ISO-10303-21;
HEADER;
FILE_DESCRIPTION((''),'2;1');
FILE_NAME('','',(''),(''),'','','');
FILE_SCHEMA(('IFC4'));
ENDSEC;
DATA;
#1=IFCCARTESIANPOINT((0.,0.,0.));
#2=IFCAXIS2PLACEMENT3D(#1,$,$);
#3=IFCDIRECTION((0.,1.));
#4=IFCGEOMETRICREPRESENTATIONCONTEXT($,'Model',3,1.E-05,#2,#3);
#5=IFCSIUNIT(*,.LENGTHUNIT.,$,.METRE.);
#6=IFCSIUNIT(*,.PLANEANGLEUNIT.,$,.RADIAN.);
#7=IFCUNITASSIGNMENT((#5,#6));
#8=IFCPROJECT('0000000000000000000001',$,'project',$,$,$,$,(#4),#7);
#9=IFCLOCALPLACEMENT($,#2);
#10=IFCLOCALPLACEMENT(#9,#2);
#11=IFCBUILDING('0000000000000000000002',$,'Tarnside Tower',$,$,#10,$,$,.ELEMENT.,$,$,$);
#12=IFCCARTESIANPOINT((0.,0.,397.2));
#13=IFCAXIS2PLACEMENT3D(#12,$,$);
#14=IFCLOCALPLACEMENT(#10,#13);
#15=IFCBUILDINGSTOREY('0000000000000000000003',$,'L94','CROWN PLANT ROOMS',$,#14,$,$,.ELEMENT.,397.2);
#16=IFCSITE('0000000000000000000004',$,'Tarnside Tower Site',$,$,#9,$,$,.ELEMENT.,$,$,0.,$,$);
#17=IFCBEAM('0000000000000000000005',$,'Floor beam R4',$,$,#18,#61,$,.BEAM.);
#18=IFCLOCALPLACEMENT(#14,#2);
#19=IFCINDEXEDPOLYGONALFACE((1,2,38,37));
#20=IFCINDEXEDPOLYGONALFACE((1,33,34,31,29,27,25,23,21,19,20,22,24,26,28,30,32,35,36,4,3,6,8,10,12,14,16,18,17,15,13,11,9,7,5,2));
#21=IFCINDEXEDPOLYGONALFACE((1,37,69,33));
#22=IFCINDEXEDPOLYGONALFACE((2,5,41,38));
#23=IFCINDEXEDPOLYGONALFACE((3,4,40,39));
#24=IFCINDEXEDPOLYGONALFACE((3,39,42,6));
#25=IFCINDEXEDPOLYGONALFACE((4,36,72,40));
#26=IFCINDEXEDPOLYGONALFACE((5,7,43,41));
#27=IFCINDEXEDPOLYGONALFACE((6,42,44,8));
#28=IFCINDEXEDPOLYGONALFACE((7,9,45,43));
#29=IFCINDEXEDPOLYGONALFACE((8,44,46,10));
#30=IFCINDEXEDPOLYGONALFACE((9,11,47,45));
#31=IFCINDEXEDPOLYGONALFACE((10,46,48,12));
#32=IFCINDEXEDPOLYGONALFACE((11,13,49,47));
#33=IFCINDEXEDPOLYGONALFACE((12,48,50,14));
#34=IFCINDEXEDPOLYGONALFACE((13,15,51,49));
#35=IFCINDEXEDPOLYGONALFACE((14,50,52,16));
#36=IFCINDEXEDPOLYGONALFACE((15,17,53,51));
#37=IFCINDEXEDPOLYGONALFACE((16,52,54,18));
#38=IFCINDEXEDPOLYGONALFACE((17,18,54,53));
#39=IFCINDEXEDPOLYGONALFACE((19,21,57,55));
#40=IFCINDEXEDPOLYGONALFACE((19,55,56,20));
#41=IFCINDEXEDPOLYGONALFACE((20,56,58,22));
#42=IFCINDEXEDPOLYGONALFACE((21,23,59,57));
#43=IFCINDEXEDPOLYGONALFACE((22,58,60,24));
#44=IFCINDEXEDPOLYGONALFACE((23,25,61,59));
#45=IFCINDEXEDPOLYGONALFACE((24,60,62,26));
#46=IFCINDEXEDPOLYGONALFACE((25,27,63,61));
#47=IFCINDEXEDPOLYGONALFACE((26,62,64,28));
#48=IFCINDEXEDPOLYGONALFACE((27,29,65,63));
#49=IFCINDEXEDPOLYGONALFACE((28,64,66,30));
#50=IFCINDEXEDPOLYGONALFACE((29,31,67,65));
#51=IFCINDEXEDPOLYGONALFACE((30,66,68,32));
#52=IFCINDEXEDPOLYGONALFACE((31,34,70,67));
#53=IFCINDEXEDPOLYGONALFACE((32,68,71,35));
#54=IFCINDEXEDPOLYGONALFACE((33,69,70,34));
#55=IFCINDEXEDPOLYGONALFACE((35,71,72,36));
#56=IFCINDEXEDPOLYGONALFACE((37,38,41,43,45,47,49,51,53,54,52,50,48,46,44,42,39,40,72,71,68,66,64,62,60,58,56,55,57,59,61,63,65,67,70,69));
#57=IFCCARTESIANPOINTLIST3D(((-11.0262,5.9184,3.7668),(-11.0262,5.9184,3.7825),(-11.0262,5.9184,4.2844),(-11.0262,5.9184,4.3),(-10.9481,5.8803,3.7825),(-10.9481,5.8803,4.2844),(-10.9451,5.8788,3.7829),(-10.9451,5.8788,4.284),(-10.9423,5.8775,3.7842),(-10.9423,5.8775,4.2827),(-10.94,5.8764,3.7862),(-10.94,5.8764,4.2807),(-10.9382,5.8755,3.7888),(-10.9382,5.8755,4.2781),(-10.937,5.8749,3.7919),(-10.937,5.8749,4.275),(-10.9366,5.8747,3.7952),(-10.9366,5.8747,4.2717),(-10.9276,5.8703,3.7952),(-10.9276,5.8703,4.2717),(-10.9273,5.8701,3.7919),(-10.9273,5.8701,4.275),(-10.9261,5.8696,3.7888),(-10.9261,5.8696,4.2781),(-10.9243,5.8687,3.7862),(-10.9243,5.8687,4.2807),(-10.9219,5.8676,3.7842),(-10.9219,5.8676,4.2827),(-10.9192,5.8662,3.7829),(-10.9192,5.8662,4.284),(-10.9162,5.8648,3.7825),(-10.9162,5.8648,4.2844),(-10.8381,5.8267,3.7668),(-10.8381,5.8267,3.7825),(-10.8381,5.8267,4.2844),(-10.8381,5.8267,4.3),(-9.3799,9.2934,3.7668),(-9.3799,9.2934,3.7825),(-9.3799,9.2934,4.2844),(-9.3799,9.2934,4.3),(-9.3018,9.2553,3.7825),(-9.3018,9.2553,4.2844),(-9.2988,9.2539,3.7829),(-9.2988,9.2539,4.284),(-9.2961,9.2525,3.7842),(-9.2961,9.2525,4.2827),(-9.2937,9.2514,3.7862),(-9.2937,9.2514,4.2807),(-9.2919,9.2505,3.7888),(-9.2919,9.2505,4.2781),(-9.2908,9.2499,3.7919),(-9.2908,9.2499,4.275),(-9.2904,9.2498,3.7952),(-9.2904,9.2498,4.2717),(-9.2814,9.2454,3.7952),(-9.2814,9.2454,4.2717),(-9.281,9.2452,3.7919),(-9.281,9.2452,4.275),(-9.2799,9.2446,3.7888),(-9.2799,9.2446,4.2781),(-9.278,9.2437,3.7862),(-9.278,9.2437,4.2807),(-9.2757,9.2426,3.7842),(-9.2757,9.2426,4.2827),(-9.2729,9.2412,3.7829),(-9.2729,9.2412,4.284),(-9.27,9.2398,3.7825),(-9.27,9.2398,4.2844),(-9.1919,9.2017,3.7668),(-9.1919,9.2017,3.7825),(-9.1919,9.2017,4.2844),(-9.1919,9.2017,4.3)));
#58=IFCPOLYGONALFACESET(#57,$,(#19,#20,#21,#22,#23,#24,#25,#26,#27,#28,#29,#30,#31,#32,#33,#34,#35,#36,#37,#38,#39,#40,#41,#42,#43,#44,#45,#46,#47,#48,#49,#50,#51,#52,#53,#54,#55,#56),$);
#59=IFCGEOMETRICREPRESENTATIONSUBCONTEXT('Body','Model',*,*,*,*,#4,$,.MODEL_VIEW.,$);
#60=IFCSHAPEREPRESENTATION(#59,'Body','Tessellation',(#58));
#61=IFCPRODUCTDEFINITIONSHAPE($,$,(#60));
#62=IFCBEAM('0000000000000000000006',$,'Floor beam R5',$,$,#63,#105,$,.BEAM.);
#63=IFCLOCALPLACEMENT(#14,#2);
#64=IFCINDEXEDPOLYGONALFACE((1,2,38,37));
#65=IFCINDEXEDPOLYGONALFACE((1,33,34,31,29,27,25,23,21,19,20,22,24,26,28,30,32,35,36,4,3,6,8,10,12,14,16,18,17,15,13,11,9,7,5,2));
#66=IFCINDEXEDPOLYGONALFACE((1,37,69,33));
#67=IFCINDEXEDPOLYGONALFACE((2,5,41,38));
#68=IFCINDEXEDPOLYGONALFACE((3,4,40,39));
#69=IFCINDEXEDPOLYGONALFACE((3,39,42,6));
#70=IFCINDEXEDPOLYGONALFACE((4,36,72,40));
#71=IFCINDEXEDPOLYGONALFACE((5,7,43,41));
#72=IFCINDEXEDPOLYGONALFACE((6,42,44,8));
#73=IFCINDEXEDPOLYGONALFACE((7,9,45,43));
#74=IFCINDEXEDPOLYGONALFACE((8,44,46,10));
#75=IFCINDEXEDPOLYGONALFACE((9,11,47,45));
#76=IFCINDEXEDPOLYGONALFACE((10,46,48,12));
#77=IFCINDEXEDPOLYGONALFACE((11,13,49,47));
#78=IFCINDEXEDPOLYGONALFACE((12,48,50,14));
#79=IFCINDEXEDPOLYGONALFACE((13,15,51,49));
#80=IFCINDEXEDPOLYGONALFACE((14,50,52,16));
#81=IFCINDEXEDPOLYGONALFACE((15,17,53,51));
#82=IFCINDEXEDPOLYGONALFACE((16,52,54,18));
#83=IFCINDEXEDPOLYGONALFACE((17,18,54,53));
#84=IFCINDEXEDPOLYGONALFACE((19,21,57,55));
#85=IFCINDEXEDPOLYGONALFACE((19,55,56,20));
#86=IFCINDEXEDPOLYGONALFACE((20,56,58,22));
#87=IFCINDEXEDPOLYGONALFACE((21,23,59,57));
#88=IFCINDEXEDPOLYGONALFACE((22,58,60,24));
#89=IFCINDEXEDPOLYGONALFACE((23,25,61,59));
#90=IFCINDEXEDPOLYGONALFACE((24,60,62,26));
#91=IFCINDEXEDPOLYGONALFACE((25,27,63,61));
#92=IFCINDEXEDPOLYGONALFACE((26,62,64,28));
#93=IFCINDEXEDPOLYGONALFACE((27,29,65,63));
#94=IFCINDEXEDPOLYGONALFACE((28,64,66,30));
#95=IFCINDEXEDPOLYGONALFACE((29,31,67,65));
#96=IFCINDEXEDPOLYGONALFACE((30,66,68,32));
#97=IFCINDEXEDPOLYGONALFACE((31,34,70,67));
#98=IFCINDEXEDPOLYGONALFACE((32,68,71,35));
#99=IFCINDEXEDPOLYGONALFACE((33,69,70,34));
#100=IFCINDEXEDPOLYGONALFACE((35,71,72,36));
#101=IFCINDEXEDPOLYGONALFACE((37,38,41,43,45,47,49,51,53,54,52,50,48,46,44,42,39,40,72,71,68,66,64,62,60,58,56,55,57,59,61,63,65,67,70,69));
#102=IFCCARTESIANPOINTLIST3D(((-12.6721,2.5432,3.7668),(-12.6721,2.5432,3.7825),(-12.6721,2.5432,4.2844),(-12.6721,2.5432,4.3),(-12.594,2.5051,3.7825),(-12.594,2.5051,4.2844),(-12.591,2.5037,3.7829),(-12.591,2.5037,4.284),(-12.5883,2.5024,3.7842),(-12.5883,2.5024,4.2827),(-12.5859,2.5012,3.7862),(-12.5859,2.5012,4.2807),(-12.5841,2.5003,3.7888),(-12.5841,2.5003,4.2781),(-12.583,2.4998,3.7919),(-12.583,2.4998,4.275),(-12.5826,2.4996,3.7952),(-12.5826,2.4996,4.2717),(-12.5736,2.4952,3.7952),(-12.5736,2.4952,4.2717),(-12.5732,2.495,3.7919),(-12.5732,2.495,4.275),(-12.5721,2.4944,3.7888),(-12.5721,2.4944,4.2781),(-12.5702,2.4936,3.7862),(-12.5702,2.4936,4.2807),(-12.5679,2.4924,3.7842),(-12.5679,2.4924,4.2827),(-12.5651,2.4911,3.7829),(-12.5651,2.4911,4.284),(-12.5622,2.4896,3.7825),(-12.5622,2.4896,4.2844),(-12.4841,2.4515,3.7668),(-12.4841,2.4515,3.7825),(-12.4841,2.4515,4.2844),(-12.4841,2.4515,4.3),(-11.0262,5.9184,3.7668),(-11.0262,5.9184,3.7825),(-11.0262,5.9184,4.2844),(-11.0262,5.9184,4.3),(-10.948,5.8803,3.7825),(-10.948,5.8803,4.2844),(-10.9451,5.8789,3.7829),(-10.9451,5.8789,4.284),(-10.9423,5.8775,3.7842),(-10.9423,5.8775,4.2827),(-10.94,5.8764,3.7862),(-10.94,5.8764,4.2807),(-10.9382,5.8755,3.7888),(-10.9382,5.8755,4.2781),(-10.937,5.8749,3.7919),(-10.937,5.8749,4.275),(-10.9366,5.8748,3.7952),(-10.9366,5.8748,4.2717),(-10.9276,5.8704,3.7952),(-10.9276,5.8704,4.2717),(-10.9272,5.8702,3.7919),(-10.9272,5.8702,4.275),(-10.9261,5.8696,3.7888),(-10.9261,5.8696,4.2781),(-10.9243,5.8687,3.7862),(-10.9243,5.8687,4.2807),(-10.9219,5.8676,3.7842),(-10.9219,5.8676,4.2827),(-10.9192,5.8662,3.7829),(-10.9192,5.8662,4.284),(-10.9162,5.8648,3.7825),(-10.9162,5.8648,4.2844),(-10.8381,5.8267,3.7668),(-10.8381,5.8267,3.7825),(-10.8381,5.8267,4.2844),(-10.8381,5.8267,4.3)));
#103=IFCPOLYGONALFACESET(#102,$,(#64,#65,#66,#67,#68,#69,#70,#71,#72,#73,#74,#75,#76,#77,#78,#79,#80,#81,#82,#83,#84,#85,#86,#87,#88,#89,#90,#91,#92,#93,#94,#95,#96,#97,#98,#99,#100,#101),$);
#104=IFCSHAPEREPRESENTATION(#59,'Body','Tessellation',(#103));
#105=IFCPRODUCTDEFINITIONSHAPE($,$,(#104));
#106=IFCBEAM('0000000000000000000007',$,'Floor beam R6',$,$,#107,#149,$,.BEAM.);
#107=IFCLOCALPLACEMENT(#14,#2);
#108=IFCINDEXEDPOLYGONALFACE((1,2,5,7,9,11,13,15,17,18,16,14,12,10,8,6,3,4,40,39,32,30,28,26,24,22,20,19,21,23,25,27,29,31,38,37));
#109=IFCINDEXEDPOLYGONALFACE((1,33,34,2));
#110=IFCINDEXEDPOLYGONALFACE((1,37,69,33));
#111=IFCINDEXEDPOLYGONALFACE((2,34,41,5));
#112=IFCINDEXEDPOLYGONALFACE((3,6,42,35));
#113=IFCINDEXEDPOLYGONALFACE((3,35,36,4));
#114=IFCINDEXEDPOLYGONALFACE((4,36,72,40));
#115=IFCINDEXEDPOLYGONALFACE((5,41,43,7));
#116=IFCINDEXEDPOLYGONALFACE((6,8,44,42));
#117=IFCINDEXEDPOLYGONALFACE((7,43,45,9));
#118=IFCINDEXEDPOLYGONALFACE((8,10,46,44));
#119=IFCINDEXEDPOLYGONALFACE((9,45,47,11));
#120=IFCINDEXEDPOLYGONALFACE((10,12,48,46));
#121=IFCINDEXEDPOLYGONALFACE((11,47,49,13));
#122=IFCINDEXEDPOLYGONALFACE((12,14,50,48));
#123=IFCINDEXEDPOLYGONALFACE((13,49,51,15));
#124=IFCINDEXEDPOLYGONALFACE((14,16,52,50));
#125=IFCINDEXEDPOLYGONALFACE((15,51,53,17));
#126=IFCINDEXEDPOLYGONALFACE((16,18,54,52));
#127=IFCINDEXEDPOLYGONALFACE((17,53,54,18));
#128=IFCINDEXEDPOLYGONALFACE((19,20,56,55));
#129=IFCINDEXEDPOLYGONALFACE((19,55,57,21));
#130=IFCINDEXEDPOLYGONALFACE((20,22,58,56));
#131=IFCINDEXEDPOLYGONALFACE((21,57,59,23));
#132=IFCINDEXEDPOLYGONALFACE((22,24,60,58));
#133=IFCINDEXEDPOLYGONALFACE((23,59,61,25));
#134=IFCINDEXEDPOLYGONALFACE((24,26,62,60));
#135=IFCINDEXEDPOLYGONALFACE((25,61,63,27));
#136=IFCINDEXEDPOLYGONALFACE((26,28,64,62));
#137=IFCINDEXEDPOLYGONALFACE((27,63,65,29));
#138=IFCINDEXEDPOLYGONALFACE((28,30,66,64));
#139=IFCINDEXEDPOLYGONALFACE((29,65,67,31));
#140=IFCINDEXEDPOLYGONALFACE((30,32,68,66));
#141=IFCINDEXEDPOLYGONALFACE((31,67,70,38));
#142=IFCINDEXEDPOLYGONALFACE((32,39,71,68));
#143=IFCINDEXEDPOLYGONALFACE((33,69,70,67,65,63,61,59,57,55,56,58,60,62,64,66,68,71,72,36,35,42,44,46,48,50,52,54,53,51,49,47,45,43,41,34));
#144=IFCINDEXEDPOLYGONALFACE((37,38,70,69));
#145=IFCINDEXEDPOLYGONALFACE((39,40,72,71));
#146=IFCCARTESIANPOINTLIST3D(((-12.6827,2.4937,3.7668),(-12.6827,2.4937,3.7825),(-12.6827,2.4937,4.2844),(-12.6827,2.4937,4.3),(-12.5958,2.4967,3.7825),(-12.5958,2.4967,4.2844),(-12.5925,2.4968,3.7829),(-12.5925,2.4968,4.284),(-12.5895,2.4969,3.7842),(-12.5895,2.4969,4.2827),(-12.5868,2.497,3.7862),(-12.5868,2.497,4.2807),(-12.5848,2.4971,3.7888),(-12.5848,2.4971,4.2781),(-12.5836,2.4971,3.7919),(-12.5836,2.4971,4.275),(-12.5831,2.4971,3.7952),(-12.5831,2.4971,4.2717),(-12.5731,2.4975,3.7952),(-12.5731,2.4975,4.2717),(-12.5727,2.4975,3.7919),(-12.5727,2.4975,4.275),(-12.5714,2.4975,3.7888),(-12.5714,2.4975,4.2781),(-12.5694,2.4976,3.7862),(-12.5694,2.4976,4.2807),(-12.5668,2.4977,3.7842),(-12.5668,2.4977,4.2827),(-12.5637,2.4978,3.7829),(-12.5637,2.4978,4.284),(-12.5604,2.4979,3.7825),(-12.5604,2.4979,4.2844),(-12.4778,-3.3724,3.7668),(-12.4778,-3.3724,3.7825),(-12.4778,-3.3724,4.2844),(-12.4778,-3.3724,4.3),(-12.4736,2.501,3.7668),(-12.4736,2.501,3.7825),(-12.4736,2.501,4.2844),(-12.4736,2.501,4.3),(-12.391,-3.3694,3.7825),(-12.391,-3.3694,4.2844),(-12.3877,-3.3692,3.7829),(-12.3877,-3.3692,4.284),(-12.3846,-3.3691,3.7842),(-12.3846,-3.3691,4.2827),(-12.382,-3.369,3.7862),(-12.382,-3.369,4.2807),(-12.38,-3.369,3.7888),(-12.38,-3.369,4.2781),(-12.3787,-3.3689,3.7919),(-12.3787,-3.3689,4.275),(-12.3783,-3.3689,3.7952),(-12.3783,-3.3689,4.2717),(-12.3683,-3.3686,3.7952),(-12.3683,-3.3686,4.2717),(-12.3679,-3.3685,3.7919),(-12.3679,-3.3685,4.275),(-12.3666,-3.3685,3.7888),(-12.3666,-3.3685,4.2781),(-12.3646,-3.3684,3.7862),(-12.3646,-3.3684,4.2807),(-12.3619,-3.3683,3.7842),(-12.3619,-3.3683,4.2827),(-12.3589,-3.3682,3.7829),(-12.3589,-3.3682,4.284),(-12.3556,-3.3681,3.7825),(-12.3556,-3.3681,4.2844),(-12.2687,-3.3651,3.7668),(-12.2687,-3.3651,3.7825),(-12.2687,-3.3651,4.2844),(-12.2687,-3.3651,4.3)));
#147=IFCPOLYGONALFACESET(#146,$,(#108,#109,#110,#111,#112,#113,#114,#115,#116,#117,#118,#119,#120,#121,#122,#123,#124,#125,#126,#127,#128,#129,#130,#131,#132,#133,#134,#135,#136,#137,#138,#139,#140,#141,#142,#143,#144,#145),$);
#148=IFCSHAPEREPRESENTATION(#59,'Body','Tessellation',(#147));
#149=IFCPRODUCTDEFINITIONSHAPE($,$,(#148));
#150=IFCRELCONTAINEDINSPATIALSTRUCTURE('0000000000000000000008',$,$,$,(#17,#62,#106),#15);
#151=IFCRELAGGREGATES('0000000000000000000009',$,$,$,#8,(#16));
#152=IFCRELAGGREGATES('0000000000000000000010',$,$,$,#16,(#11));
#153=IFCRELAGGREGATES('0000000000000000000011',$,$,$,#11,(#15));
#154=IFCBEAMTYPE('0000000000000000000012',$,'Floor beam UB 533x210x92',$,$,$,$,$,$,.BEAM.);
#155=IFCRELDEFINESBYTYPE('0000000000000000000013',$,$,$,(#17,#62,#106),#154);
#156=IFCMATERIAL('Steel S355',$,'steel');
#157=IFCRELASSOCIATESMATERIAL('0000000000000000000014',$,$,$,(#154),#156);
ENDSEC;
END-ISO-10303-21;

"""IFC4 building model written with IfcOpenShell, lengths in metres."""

from ifc_helpers import new_model, si_unit, direction, frame, origin, origin_2d, place, context, subcontext, project, spatial, i_section, extrude, material, material_profile, profile_set, type_object, element, save


model = new_model("IFC4")

# Units and contexts
model_context = context("Model", 3, precision=1e-05, world=origin(), true_north=direction((0.0, 1.0)))
body_context = subcontext(model_context, "Body", "Model", "MODEL_VIEW")
ifc_project = project(units=[si_unit("LENGTHUNIT", "METRE"), si_unit("PLANEANGLEUNIT", "RADIAN")], contexts=[model_context])

# Site, building, storey
site_placement = place(None, origin())
site = spatial("IfcSite", under=ifc_project, at=site_placement, Name="Tarnside Tower Site", CompositionType="ELEMENT", RefElevation=0.0)
building_placement = place(site_placement, origin())
building = spatial("IfcBuilding", under=site, at=building_placement, Name="Tarnside Tower", CompositionType="ELEMENT")
storey_placement = place(building_placement, frame((0.0, 0.0, 397.2)))
storey = spatial("IfcBuildingStorey", under=building, at=storey_placement, Name="L94", Description="CROWN PLANT ROOMS", CompositionType="ELEMENT", Elevation=397.2)

# Beams
ifc_material_1 = material(Name="Steel S355", Category="steel")
ifc_material_profile_1 = material_profile(ifc_material_1, i_section(OverallWidth=0.2092, OverallDepth=0.5332, WebThickness=0.01, FlangeThickness=0.0156, FilletRadius=0.0127, at=origin_2d()), Name="UB 533x210x92")
ifc_profile_set_1 = profile_set([ifc_material_profile_1], Name="Steel S355")
beam_type_1 = type_object("IfcBeamType", Name="Floor beam UB 533x210x92", PredefinedType="BEAM", material=ifc_profile_set_1)
for number, where, z_axis, x_axis, name in (
    (1, (-9.2859, 9.2476, 4.0334), (-0.438402, -0.898779, 0.0), (0.898779, -0.438402, 0.0), "Floor beam R4"),
    (2, (-10.9321, 5.8726, 4.0334), (-0.438324, -0.898817, 0.0), (0.898817, -0.438324, 0.0), "Floor beam R5"),
):
    element("IfcBeam", number, at=place(storey_placement, frame(where, z_axis=z_axis, x_axis=x_axis)), inside=storey, type_object=beam_type_1, Name=name, PredefinedType="BEAM", context=body_context, shape_type="SweptSolid", body=[
        extrude(i_section(OverallWidth=0.2092, OverallDepth=0.5332, WebThickness=0.01, FlangeThickness=0.0156, FilletRadius=0.0127, at=origin_2d()), origin(), (0.0, 0.0, 1.0), 3.7551),
    ])
beam_1_placement = place(storey_placement, frame((-12.5781, 2.4973, 4.0334), z_axis=(0.034898, -0.999391, 0.0), x_axis=(0.999391, 0.034898, 0.0)))
element("IfcBeam", 3, at=beam_1_placement, inside=storey, type_object=beam_type_1, Name="Floor beam R6", PredefinedType="BEAM", context=body_context, shape_type="SweptSolid", body=[
    extrude(i_section(OverallWidth=0.2092, OverallDepth=0.5332, WebThickness=0.01, FlangeThickness=0.0156, FilletRadius=0.0127, at=origin_2d()), origin(), (0.0, 0.0, 1.0), 5.8696),
])

save(model, "model.ifc")
